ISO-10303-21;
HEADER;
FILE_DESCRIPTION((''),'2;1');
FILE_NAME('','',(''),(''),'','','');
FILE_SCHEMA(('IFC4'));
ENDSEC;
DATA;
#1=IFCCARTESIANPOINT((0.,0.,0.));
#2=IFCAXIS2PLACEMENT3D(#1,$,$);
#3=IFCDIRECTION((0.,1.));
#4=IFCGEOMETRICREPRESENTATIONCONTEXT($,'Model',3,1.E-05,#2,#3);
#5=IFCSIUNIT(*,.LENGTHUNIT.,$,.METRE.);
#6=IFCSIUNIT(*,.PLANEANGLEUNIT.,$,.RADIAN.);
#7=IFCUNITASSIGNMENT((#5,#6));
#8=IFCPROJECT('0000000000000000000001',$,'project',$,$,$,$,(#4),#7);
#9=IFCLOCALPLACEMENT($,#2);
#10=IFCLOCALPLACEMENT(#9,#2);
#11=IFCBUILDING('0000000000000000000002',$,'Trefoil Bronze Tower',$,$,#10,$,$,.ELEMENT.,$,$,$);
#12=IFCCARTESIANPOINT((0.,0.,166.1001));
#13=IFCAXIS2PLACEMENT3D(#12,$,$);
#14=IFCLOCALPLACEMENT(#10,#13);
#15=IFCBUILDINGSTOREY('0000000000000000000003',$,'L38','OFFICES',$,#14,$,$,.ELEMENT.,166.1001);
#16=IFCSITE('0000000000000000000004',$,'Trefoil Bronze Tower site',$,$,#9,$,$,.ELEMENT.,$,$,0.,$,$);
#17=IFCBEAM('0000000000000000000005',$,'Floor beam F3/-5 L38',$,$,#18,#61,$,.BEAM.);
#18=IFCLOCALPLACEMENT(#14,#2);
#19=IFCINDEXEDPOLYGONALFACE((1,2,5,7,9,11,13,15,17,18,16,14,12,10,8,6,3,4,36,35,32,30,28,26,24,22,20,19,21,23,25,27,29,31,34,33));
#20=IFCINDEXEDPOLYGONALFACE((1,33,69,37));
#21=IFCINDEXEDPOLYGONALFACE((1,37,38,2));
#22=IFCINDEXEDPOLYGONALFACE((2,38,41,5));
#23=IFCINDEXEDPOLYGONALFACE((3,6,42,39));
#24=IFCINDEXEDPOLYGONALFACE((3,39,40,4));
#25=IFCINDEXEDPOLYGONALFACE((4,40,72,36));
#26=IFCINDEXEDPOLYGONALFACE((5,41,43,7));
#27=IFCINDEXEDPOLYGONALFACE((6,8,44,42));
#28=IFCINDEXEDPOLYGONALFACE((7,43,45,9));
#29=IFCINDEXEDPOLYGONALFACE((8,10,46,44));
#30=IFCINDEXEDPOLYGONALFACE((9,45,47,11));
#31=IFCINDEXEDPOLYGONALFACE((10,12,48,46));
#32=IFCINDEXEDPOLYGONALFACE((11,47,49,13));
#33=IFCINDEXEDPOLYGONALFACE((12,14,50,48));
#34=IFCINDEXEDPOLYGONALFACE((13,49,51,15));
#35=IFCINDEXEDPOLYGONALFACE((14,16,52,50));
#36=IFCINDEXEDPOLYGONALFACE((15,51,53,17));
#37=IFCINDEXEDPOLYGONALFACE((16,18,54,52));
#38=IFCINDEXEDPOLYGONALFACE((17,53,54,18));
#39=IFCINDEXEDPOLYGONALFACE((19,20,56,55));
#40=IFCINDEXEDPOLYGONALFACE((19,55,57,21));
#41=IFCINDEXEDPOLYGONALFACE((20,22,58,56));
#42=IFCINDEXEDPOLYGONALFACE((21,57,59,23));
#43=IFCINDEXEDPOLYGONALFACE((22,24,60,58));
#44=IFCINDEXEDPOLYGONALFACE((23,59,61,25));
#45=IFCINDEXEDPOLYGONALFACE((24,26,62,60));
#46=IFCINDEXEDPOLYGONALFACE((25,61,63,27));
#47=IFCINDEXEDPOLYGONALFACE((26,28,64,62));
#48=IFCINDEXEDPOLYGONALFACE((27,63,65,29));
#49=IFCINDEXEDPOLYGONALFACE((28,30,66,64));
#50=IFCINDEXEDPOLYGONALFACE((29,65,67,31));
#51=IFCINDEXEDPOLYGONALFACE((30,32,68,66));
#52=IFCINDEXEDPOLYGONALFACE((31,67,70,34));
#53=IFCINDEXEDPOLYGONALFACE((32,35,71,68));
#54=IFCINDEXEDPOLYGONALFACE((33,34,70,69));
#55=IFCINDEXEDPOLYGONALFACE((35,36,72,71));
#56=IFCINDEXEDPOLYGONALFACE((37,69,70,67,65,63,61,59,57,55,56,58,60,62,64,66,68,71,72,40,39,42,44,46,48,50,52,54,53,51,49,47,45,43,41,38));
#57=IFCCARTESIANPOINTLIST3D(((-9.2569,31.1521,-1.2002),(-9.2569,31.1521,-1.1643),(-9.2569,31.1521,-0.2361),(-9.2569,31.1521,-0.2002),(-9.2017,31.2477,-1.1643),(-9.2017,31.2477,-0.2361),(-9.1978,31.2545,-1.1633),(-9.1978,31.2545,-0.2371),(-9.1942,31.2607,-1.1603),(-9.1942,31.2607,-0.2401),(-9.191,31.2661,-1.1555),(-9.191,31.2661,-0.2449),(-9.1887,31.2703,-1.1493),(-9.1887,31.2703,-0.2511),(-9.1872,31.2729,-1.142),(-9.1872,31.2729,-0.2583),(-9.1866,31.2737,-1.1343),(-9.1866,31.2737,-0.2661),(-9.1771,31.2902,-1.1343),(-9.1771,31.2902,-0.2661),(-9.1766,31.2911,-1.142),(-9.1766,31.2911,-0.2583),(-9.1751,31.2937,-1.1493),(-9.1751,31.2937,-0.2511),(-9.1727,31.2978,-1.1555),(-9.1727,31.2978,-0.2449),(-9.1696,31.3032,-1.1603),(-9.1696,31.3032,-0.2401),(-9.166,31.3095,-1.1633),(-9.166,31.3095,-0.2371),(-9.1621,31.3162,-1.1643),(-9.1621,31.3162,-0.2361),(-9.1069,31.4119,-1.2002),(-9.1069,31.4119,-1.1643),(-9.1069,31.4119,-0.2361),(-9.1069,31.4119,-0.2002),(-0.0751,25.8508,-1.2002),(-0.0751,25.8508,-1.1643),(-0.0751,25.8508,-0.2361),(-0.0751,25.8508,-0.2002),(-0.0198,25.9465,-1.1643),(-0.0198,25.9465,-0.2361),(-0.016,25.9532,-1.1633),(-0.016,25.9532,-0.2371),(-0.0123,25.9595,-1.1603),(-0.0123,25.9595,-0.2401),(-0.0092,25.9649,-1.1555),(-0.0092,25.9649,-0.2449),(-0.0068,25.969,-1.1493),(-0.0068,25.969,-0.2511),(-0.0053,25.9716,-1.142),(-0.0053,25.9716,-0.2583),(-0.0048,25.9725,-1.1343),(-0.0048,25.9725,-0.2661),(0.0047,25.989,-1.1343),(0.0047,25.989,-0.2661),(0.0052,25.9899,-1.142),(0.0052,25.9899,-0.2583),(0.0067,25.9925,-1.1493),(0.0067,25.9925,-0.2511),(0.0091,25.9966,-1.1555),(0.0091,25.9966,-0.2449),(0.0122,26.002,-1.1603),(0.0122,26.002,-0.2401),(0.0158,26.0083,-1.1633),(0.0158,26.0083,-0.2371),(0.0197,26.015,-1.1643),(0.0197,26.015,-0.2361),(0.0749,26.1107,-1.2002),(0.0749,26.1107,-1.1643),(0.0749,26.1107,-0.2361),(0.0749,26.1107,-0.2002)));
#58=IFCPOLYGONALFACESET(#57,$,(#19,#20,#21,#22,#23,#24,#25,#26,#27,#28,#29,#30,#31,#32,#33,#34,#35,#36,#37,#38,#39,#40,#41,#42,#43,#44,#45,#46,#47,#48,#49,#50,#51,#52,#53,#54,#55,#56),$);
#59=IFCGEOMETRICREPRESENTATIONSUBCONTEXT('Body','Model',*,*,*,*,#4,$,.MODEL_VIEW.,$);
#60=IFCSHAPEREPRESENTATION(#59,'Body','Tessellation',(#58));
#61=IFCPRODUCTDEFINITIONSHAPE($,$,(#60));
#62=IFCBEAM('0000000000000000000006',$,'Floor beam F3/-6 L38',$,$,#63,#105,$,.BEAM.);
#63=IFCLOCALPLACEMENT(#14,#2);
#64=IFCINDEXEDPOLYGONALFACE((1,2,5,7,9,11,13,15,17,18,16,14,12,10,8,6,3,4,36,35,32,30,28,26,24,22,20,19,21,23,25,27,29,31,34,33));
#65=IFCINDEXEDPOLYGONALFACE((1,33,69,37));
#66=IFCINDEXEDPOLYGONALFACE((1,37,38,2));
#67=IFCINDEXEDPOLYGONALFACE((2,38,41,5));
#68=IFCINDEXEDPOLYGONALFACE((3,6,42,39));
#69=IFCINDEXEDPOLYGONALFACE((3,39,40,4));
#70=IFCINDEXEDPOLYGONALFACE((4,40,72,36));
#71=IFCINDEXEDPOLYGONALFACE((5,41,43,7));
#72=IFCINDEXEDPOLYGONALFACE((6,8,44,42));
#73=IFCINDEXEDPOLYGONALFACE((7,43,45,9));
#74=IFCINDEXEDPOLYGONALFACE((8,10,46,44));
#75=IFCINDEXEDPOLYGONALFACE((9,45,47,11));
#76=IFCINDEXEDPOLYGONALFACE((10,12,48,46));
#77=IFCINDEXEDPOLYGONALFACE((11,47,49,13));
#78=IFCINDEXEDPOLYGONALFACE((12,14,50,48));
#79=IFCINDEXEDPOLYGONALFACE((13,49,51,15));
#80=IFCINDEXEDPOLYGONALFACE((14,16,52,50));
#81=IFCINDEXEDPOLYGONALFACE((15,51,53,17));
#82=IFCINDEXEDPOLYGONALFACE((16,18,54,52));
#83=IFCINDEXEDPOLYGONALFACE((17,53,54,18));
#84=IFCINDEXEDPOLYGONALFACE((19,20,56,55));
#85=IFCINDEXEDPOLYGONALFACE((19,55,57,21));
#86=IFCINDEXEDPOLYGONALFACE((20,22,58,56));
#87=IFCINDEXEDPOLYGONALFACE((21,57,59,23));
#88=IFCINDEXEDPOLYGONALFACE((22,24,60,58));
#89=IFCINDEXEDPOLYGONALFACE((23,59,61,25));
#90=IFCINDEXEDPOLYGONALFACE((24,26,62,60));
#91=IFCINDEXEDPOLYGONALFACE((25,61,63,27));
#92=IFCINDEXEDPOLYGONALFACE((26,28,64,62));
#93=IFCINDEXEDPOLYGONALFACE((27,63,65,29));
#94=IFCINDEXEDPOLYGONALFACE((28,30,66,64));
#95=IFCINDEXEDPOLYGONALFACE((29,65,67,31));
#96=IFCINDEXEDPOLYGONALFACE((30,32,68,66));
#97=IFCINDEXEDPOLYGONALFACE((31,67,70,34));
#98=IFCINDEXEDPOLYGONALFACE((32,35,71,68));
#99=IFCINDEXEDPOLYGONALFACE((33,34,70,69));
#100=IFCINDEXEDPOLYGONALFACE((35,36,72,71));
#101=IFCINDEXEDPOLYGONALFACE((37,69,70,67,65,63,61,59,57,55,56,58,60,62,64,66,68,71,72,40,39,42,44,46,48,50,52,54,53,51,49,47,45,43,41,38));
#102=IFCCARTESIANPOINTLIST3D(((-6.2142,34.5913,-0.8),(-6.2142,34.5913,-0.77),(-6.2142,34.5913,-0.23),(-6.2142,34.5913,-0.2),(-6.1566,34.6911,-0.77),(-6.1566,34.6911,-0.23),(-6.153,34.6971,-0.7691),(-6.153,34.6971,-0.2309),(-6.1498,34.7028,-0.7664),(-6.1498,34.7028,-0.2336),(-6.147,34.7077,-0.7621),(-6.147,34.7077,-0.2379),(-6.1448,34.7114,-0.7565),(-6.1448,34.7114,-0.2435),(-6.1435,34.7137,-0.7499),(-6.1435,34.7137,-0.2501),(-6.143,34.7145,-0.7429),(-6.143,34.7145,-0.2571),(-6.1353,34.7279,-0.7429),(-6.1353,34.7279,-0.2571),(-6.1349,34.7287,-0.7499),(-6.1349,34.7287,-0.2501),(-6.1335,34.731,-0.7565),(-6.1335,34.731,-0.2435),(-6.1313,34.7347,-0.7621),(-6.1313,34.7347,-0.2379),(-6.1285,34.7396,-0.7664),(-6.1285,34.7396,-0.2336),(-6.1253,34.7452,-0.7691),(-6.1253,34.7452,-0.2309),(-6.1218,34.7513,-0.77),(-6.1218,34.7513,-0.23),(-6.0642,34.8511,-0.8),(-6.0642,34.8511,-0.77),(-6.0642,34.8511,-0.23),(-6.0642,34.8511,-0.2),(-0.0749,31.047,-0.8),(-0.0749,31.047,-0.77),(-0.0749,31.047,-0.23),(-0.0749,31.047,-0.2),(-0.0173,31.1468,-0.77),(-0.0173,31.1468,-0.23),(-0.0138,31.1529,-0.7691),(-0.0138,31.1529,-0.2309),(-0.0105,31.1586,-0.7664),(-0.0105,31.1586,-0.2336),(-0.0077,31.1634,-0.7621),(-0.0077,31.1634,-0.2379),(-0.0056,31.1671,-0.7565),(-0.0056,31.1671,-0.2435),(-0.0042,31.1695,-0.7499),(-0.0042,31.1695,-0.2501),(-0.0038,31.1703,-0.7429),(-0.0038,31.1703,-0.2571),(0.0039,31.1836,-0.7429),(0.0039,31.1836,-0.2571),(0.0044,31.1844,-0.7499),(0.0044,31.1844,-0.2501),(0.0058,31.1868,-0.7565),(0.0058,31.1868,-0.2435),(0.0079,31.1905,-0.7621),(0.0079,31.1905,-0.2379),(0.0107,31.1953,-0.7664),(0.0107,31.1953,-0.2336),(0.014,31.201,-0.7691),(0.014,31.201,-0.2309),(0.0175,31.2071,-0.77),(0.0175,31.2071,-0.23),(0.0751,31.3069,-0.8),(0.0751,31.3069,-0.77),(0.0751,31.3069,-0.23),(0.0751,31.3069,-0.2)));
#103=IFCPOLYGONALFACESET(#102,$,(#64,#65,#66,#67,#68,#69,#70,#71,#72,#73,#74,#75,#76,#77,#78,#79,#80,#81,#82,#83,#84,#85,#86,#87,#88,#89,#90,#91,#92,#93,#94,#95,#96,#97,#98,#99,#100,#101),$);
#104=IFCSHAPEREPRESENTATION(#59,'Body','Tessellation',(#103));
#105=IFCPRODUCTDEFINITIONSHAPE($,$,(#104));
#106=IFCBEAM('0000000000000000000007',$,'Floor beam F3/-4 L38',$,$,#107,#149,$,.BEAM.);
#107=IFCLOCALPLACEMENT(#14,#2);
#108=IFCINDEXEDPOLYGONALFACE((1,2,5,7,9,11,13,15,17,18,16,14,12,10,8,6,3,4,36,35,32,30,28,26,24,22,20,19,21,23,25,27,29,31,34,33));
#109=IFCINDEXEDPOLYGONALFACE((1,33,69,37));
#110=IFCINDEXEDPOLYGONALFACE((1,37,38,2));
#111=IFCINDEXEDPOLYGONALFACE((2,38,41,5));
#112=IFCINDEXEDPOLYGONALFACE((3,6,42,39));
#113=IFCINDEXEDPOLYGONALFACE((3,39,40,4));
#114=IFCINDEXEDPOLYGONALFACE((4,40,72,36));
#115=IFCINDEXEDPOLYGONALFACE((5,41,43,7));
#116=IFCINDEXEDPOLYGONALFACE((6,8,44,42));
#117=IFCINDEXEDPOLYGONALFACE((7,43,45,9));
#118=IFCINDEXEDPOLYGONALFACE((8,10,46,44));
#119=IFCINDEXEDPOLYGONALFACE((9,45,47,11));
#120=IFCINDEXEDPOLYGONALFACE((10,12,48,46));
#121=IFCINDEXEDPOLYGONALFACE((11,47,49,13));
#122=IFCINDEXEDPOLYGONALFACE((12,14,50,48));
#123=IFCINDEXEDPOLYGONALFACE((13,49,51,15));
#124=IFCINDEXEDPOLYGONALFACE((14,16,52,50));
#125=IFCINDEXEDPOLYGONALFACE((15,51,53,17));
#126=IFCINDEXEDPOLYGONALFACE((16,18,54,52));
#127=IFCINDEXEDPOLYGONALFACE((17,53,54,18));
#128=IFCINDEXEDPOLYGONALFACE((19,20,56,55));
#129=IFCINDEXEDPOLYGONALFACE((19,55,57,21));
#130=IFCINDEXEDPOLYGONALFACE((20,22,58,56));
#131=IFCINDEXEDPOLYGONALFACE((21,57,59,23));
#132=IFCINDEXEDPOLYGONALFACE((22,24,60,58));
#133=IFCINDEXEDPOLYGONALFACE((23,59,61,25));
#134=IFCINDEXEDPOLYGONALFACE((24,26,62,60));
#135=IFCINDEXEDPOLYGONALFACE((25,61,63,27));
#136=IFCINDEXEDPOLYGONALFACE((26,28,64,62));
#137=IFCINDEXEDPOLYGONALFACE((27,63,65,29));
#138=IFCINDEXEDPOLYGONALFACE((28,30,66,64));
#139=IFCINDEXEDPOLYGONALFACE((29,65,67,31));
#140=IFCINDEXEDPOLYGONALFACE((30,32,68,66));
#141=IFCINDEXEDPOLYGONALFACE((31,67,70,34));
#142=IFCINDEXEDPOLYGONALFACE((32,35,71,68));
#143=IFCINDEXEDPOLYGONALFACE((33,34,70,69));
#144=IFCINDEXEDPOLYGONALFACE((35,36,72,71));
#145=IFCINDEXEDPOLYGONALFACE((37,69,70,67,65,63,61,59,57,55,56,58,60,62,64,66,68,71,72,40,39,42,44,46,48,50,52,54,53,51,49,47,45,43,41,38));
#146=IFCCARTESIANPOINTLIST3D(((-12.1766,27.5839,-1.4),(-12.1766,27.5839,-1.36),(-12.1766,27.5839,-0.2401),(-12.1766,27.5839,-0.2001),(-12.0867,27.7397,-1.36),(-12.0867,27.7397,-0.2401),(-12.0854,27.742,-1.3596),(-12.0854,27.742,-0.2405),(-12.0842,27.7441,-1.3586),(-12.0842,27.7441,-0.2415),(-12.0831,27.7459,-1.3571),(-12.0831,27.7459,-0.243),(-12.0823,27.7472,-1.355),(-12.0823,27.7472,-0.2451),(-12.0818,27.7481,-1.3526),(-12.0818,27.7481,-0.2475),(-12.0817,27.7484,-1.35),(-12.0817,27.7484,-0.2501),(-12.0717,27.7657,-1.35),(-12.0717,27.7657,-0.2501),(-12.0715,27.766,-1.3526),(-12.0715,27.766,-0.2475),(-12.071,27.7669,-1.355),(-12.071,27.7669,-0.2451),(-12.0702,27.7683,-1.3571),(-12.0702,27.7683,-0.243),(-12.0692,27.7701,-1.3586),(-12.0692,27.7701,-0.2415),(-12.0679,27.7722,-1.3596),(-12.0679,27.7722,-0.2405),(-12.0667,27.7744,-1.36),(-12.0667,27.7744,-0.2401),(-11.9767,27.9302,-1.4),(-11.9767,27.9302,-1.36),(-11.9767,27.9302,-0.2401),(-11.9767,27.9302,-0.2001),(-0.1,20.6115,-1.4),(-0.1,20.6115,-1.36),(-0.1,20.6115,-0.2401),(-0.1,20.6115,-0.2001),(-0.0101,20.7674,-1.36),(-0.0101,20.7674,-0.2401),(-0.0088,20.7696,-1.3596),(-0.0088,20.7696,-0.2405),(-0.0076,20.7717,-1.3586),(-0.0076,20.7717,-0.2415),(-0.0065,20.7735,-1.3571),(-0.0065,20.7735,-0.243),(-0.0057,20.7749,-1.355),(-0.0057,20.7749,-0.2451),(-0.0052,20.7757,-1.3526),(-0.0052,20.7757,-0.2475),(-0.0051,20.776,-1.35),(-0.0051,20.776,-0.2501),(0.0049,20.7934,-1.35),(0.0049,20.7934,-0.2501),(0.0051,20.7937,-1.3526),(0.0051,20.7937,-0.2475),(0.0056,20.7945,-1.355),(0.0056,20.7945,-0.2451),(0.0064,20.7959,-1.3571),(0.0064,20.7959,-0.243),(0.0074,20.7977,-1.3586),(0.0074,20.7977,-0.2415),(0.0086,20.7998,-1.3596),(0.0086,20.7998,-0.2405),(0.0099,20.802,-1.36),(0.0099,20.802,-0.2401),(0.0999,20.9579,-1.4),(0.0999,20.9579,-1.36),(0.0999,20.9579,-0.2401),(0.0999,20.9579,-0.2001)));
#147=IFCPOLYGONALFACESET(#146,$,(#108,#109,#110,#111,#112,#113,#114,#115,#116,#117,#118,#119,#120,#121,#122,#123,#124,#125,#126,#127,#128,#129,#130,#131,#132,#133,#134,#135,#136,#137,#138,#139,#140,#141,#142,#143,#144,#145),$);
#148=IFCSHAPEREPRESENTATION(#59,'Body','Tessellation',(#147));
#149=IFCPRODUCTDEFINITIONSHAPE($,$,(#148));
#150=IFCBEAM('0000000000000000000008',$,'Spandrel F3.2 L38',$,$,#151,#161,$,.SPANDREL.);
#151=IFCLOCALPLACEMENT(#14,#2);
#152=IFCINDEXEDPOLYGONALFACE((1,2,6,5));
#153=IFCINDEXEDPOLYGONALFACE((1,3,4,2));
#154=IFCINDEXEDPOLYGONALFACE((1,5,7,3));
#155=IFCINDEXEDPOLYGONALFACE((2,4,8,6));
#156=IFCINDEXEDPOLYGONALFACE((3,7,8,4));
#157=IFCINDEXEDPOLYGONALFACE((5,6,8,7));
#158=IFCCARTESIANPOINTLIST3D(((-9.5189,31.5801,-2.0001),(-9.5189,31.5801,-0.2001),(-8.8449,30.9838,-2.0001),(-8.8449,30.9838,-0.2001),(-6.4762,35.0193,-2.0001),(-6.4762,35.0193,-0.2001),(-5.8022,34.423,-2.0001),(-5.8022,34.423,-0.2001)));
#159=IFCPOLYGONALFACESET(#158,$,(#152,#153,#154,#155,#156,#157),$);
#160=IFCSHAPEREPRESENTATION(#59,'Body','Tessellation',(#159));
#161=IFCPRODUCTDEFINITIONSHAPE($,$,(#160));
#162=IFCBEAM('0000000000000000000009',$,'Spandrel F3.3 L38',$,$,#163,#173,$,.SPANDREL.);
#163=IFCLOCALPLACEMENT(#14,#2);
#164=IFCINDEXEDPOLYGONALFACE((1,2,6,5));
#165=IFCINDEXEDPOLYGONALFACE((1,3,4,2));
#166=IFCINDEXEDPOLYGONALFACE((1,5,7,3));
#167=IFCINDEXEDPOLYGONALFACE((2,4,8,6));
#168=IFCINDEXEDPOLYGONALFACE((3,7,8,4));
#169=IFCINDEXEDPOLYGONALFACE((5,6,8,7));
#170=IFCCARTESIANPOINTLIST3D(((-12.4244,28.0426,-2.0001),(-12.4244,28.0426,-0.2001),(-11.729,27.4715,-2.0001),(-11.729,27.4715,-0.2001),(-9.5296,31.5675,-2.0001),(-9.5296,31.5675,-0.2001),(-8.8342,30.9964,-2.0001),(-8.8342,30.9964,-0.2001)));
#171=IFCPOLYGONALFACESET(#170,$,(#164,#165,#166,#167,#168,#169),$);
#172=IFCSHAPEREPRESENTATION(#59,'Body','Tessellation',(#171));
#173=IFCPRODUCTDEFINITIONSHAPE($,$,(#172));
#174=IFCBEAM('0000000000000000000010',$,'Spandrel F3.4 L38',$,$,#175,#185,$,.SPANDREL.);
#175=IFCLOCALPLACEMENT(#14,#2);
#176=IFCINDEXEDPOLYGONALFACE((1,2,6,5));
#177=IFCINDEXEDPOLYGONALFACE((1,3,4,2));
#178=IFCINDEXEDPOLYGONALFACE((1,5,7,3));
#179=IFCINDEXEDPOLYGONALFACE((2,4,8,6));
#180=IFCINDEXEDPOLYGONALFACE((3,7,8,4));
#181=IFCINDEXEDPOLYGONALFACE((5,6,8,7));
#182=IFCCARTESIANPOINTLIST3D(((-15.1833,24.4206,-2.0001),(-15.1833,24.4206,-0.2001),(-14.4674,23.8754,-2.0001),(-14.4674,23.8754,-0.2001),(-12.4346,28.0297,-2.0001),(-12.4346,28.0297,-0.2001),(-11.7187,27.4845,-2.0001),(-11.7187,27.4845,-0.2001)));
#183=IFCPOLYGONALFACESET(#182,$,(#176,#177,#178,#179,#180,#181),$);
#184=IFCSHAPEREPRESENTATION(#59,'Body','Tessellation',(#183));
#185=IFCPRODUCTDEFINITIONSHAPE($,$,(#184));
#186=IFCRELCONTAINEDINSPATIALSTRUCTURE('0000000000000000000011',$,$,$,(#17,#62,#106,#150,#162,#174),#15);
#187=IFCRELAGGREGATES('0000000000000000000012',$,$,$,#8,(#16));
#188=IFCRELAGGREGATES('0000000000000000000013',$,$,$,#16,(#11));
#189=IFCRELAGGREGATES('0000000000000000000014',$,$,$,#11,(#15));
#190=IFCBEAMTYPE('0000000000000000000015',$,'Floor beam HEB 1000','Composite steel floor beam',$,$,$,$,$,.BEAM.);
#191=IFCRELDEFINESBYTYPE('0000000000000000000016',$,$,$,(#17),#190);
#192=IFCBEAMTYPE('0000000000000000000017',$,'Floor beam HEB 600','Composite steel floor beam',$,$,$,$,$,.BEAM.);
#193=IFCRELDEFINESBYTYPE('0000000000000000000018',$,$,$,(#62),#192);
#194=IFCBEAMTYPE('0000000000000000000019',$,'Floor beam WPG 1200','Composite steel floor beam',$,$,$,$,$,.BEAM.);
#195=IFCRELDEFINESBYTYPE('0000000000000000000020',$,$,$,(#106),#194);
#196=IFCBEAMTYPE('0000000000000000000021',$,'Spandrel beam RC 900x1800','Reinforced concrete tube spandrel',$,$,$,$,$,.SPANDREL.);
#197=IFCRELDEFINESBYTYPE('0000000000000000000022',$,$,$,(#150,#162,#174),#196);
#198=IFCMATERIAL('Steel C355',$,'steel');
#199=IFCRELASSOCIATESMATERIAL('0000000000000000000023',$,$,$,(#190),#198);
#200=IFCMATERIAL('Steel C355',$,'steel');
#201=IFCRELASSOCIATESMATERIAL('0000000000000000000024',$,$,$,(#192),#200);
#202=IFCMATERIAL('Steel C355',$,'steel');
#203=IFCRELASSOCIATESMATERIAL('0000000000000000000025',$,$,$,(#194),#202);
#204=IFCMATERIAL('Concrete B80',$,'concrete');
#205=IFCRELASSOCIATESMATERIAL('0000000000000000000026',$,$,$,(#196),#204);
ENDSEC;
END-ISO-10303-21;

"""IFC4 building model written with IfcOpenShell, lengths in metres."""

from ifc_helpers import new_model, si_unit, direction, frame, origin, origin_2d, place, context, subcontext, project, spatial, rectangle, i_section, extrude, material, material_profile, profile_set, type_object, element, save


model = new_model("IFC4")

# Units and contexts
model_context = context("Model", 3, precision=1e-05, world=origin(), true_north=direction((0.0, 1.0)))
body_context = subcontext(model_context, "Body", "Model", "MODEL_VIEW")
ifc_project = project(units=[si_unit("LENGTHUNIT", "METRE"), si_unit("PLANEANGLEUNIT", "RADIAN")], contexts=[model_context])

# Site, building, storey
site_placement = place(None, origin())
site = spatial("IfcSite", under=ifc_project, at=site_placement, Name="Trefoil Bronze Tower site", CompositionType="ELEMENT", RefElevation=0.0)
building_placement = place(site_placement, origin())
building = spatial("IfcBuilding", under=site, at=building_placement, Name="Trefoil Bronze Tower", CompositionType="ELEMENT")
storey_placement = place(building_placement, frame((0.0, 0.0, 166.1001)))
storey = spatial("IfcBuildingStorey", under=building, at=storey_placement, Name="L38", Description="OFFICES", CompositionType="ELEMENT", Elevation=166.1001)

# Beams
ifc_material_1 = material(Name="Steel C355", Category="steel")
ifc_material_profile_1 = material_profile(ifc_material_1, i_section(OverallWidth=0.3, OverallDepth=1.0, WebThickness=0.019, FlangeThickness=0.0359, FilletRadius=0.03, at=origin_2d()), Name="HEB 1000")
ifc_profile_set_1 = profile_set([ifc_material_profile_1], Name="Steel C355")
beam_type_1 = type_object("IfcBeamType", Name="Floor beam HEB 1000", Description="Composite steel floor beam", PredefinedType="BEAM", material=ifc_profile_set_1)
beam_1_placement = place(storey_placement, frame((-9.1819, 31.282, -0.7002), z_axis=(0.866021, -0.500007, 0.0), x_axis=(0.500007, 0.866021, 0.0)))
element("IfcBeam", 1, at=beam_1_placement, inside=storey, type_object=beam_type_1, Name="Floor beam F3/-5 L38", PredefinedType="BEAM", context=body_context, shape_type="SweptSolid", body=[
    extrude(i_section(OverallWidth=0.3, OverallDepth=1.0, WebThickness=0.019, FlangeThickness=0.0359, FilletRadius=0.03, at=origin_2d()), origin(), (0.0, 0.0, 1.0), 10.6023),
])
ifc_material_2 = material(Name="Steel C355", Category="steel")
ifc_material_profile_2 = material_profile(ifc_material_2, i_section(OverallWidth=0.3, OverallDepth=0.6001, WebThickness=0.0154, FlangeThickness=0.03, FilletRadius=0.0271, at=origin_2d()), Name="HEB 600")
ifc_profile_set_2 = profile_set([ifc_material_profile_2], Name="Steel C355")
beam_type_2 = type_object("IfcBeamType", Name="Floor beam HEB 600", Description="Composite steel floor beam", PredefinedType="BEAM", material=ifc_profile_set_2)
beam_2_placement = place(storey_placement, frame((-6.1392, 34.7212, -0.5), z_axis=(0.866041, -0.499973, 0.0), x_axis=(0.499973, 0.866041, 0.0)))
element("IfcBeam", 2, at=beam_2_placement, inside=storey, type_object=beam_type_2, Name="Floor beam F3/-6 L38", PredefinedType="BEAM", context=body_context, shape_type="SweptSolid", body=[
    extrude(i_section(OverallWidth=0.3, OverallDepth=0.6001, WebThickness=0.0154, FlangeThickness=0.03, FilletRadius=0.0271, at=origin_2d()), origin(), (0.0, 0.0, 1.0), 7.0889),
])
ifc_material_3 = material(Name="Steel C355", Category="steel")
ifc_material_profile_3 = material_profile(ifc_material_3, i_section(OverallWidth=0.3999, OverallDepth=1.2, WebThickness=0.02, FlangeThickness=0.04, FilletRadius=0.01, at=origin_2d()), Name="WPG 1200")
ifc_profile_set_3 = profile_set([ifc_material_profile_3], Name="Steel C355")
beam_type_3 = type_object("IfcBeamType", Name="Floor beam WPG 1200", Description="Composite steel floor beam", PredefinedType="BEAM", material=ifc_profile_set_3)
beam_3_placement = place(storey_placement, frame((-12.0767, 27.7571, -0.8), z_axis=(0.866027, -0.499997, 0.0), x_axis=(0.499997, 0.866027, 0.0)))
element("IfcBeam", 3, at=beam_3_placement, inside=storey, type_object=beam_type_3, Name="Floor beam F3/-4 L38", PredefinedType="BEAM", context=body_context, shape_type="SweptSolid", body=[
    extrude(i_section(OverallWidth=0.3999, OverallDepth=1.2, WebThickness=0.02, FlangeThickness=0.04, FilletRadius=0.01, at=origin_2d()), origin(), (0.0, 0.0, 1.0), 13.9448),
])
ifc_material_4 = material(Name="Concrete B80", Category="concrete")
ifc_material_profile_4 = material_profile(ifc_material_4, rectangle(XDim=0.8999, YDim=1.8, at=origin_2d()), Name="RC 900x1800")
ifc_profile_set_4 = profile_set([ifc_material_profile_4], Name="Concrete B80")
beam_type_4 = type_object("IfcBeamType", Name="Spandrel beam RC 900x1800", Description="Reinforced concrete tube spandrel", PredefinedType="SPANDREL", material=ifc_profile_set_4)
beam_4_placement = place(storey_placement, frame((-6.1392, 34.7212, -1.1001), z_axis=(-0.662616, -0.748959, 0.0), x_axis=(0.748959, -0.662616, 0.0)))
element("IfcBeam", 4, at=beam_4_placement, inside=storey, type_object=beam_type_4, Name="Spandrel F3.2 L38", PredefinedType="SPANDREL", context=body_context, shape_type="SweptSolid", body=[
    extrude(rectangle(XDim=0.8999, YDim=1.8, at=origin_2d()), origin(), (0.0, 0.0, 1.0), 4.592),
])
beam_5_placement = place(storey_placement, frame((-9.1819, 31.282, -1.1001), z_axis=(-0.63465, -0.772799, 0.0), x_axis=(0.772799, -0.63465, 0.0)))
element("IfcBeam", 5, at=beam_5_placement, inside=storey, type_object=beam_type_4, Name="Spandrel F3.3 L38", PredefinedType="SPANDREL", context=body_context, shape_type="SweptSolid", body=[
    extrude(rectangle(XDim=0.8999, YDim=1.8, at=origin_2d()), origin(), (0.0, 0.0, 1.0), 4.5613),
])
beam_6_placement = place(storey_placement, frame((-12.0767, 27.7571, -1.1001), z_axis=(-0.605899, -0.795542, 0.0), x_axis=(0.795542, -0.605899, 0.0)))
element("IfcBeam", 6, at=beam_6_placement, inside=storey, type_object=beam_type_4, Name="Spandrel F3.4 L38", PredefinedType="SPANDREL", context=body_context, shape_type="SweptSolid", body=[
    extrude(rectangle(XDim=0.8999, YDim=1.8, at=origin_2d()), origin(), (0.0, 0.0, 1.0), 4.5366),
])

save(model, "model.ifc")
